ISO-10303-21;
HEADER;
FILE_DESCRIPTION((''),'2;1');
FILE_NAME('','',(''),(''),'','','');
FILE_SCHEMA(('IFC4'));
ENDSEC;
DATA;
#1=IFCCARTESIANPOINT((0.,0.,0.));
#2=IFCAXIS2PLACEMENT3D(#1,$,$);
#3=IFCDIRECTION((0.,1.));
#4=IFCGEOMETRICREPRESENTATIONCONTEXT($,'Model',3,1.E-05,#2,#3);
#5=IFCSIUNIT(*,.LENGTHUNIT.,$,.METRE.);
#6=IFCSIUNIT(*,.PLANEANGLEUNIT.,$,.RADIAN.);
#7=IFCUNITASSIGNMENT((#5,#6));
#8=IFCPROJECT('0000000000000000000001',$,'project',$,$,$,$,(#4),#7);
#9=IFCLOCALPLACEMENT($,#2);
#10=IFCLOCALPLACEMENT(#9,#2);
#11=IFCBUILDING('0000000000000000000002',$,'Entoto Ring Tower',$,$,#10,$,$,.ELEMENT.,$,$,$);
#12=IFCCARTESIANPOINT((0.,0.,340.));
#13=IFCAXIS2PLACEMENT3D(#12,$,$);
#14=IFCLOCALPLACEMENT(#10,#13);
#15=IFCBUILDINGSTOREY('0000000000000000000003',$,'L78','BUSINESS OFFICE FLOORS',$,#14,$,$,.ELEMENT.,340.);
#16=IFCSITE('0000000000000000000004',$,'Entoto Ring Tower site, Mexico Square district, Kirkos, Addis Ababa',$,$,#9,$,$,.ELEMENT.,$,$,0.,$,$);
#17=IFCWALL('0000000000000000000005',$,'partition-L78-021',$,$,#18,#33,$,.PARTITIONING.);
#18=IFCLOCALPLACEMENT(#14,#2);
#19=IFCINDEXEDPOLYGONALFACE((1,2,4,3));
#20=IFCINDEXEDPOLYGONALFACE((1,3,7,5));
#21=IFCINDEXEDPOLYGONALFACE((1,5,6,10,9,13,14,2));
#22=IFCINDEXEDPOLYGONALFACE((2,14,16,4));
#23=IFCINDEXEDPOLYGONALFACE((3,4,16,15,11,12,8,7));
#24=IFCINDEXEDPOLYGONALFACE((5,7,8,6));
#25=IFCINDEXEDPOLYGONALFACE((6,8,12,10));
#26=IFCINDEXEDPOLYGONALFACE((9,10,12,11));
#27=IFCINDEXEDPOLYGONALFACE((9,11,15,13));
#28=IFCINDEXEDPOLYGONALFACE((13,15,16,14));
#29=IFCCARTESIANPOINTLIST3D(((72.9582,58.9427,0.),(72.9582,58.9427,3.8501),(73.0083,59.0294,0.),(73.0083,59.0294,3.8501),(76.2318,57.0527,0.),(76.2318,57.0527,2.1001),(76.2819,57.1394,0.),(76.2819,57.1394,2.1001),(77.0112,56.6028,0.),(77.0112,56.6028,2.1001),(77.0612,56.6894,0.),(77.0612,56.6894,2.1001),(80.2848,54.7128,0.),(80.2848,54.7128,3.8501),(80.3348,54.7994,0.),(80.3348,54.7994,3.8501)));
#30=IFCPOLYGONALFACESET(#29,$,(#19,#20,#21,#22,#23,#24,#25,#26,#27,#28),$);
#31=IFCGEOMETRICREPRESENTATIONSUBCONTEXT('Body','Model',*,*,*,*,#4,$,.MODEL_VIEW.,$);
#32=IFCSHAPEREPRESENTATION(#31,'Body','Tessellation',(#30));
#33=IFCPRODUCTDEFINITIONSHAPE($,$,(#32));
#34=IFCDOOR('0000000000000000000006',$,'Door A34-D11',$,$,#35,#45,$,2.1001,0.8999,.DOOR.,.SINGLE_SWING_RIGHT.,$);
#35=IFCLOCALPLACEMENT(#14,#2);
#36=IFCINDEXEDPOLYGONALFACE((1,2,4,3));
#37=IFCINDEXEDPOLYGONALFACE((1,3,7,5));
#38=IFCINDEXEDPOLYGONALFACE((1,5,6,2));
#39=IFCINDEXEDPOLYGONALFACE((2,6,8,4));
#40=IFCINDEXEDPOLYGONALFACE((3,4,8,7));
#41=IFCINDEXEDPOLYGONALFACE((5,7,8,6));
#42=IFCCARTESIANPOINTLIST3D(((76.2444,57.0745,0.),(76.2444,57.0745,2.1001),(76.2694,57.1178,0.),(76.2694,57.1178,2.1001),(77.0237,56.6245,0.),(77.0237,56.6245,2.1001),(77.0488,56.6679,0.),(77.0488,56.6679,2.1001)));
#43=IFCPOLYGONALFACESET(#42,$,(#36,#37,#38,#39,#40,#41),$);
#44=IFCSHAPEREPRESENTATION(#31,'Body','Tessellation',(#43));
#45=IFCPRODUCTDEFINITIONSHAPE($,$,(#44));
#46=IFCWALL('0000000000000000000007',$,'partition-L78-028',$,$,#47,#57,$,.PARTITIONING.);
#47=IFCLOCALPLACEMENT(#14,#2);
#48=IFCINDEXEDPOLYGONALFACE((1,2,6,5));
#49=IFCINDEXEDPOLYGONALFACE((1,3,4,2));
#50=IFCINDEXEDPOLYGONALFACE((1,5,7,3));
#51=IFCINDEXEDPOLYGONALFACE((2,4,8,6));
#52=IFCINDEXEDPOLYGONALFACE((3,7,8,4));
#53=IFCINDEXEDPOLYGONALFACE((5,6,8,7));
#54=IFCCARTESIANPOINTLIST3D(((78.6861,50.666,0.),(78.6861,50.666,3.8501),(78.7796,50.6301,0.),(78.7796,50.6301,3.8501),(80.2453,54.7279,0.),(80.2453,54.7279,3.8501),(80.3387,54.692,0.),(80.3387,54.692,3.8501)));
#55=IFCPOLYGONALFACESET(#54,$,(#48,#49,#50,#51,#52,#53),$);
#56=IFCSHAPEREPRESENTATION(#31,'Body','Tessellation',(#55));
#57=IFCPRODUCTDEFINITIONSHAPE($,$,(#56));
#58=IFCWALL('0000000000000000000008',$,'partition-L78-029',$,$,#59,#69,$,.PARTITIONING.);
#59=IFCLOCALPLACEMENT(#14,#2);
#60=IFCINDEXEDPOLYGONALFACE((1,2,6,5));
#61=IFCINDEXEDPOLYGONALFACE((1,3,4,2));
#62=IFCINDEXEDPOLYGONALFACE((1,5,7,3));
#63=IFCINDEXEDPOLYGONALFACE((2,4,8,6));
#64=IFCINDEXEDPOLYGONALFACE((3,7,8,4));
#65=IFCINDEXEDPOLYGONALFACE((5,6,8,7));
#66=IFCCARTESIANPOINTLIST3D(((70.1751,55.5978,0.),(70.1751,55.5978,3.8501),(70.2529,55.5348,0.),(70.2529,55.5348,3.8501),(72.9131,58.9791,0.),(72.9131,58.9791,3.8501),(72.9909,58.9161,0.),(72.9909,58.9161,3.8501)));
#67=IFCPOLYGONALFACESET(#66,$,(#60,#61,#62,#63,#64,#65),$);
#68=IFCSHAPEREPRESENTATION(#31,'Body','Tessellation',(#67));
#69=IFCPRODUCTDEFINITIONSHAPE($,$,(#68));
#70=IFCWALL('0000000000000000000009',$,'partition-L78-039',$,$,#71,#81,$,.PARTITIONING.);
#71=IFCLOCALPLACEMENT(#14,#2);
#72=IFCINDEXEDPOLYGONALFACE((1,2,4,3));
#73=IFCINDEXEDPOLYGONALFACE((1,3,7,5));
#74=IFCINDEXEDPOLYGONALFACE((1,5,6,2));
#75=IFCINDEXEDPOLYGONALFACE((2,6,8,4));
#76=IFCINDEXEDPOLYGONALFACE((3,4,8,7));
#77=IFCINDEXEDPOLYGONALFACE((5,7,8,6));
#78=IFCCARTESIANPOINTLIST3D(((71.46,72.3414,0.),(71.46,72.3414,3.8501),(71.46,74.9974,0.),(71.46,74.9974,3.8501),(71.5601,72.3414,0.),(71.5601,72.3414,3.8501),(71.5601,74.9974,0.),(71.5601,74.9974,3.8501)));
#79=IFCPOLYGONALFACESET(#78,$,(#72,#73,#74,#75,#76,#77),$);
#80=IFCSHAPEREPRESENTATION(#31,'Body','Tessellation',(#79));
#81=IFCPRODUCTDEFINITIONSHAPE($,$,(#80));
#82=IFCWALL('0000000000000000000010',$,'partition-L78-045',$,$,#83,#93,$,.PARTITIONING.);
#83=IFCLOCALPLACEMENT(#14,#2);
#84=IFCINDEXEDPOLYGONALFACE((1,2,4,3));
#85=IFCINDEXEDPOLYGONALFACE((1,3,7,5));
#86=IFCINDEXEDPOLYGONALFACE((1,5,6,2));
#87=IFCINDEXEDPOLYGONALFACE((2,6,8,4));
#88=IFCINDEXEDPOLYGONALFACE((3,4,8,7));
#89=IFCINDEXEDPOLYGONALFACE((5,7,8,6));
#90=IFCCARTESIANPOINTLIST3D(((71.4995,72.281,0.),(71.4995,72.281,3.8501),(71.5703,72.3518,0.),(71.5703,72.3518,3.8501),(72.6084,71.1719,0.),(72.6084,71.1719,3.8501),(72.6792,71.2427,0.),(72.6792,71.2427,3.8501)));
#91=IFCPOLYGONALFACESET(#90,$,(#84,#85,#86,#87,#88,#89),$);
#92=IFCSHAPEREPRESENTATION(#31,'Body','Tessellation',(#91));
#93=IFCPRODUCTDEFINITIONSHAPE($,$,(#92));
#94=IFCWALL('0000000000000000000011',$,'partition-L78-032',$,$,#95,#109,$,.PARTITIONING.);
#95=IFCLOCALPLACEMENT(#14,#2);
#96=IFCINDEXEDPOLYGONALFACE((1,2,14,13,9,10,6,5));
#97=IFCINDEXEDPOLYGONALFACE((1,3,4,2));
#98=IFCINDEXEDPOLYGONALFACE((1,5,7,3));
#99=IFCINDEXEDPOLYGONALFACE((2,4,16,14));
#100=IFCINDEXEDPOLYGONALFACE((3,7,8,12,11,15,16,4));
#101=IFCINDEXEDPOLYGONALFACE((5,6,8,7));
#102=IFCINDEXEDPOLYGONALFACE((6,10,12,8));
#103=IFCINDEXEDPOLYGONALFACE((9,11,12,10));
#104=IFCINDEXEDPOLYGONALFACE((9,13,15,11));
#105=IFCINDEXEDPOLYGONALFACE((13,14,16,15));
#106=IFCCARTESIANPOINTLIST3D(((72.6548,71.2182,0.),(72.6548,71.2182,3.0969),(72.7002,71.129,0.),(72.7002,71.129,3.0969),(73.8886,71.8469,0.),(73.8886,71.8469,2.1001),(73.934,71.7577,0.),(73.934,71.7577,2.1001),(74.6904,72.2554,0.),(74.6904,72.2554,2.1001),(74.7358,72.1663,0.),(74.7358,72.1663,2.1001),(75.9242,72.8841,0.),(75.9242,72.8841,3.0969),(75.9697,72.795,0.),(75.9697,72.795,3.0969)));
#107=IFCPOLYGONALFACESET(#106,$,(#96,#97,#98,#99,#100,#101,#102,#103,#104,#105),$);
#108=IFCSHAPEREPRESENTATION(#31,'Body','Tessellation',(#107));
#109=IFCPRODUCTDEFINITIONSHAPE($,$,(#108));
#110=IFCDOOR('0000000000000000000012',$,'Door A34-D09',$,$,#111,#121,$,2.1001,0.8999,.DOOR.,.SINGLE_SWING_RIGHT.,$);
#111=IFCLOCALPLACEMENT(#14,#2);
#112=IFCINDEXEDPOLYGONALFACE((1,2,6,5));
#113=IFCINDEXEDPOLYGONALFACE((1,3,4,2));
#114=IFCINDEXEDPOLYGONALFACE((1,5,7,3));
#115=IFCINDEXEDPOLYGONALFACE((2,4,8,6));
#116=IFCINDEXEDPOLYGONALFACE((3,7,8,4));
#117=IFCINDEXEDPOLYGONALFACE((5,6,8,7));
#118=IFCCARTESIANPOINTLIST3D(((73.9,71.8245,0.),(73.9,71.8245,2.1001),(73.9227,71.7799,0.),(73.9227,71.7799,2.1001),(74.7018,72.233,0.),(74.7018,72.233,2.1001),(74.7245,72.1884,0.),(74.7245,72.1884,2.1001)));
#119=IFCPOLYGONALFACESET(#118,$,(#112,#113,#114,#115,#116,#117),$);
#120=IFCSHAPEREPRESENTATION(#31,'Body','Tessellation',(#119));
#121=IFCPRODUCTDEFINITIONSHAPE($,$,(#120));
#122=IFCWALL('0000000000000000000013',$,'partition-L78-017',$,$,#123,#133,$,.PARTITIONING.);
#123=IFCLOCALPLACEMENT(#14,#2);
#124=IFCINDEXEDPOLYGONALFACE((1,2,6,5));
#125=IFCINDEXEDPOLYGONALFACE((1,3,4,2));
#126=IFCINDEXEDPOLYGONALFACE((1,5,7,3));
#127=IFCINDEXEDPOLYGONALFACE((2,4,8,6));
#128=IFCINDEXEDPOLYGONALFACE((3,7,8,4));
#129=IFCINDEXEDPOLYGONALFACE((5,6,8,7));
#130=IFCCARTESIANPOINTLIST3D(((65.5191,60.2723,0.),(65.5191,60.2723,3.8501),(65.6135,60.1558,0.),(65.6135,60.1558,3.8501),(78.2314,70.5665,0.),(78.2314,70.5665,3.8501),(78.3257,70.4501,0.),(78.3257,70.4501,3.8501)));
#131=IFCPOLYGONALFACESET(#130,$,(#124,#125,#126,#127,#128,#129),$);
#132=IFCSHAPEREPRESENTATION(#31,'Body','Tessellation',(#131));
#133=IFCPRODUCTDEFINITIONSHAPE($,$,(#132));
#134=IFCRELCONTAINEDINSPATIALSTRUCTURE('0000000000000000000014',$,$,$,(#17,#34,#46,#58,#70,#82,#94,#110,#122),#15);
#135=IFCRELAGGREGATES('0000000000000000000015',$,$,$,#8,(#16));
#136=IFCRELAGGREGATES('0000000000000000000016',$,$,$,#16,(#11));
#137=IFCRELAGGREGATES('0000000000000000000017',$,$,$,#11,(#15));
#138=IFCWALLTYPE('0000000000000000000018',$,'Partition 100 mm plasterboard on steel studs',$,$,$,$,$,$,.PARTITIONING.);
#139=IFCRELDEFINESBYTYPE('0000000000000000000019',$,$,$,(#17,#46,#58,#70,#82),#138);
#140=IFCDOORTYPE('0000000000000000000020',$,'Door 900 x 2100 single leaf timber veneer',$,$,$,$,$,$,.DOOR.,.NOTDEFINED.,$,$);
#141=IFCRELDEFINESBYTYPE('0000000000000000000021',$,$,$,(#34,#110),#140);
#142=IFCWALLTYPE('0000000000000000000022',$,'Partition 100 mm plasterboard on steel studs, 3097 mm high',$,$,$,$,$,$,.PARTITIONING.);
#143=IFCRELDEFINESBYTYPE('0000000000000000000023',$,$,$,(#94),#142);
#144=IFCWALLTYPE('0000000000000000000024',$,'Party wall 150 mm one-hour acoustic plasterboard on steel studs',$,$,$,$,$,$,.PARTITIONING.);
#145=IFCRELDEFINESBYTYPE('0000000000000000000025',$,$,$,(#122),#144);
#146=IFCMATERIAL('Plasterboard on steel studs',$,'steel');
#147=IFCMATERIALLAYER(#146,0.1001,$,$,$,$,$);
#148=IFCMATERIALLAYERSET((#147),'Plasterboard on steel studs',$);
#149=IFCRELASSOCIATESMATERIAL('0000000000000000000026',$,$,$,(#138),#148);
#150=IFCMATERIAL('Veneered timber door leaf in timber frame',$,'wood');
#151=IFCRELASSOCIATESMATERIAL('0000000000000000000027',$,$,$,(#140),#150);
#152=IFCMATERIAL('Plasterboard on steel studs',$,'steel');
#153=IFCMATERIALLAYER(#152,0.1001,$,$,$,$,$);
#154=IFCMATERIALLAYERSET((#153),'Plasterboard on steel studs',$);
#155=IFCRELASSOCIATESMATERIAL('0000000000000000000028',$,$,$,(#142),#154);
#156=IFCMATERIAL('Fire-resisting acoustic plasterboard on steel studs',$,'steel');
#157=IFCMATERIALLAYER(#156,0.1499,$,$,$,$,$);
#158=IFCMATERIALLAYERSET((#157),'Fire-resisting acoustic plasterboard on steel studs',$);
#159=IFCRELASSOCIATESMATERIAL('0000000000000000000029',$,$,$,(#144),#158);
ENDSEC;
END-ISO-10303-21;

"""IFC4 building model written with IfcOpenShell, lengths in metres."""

from ifc_helpers import new_model, si_unit, direction, frame, frame_2d, origin, place, context, subcontext, project, spatial, rectangle, extrude, material, layer, layer_set, type_object, element, fill, save


model = new_model("IFC4")

# Units and contexts
model_context = context("Model", 3, precision=1e-05, world=origin(), true_north=direction((0.0, 1.0)))
body_context = subcontext(model_context, "Body", "Model", "MODEL_VIEW")
ifc_project = project(units=[si_unit("LENGTHUNIT", "METRE"), si_unit("PLANEANGLEUNIT", "RADIAN")], contexts=[model_context])

# Site, building, storey
site_placement = place(None, origin())
site = spatial("IfcSite", under=ifc_project, at=site_placement, Name="Entoto Ring Tower site, Mexico Square district, Kirkos, Addis Ababa", CompositionType="ELEMENT", RefElevation=0.0)
building_placement = place(site_placement, origin())
building = spatial("IfcBuilding", under=site, at=building_placement, Name="Entoto Ring Tower", CompositionType="ELEMENT")
storey_placement = place(building_placement, frame((0.0, 0.0, 340.0)))
storey = spatial("IfcBuildingStorey", under=building, at=storey_placement, Name="L78", Description="BUSINESS OFFICE FLOORS", CompositionType="ELEMENT", Elevation=340.0)

# Wall, opening, door
ifc_material_1 = material(Name="Plasterboard on steel studs", Category="steel")
ifc_layer_1 = layer(ifc_material_1, 0.1001)
ifc_layer_set_1 = layer_set([ifc_layer_1], Name="Plasterboard on steel studs")
wall_type_1 = type_object("IfcWallType", Name="Partition 100 mm plasterboard on steel studs", PredefinedType="PARTITIONING", material=ifc_layer_set_1)
wall_1_placement = place(storey_placement, frame((80.3098, 54.7561, 0.0), z_axis=(0.0, 0.0, 1.0), x_axis=(-0.866029, 0.499994, 0.0)))
wall_1 = element("IfcWall", 1, at=wall_1_placement, inside=storey, type_object=wall_type_1, Name="partition-L78-021", PredefinedType="PARTITIONING", context=body_context, shape_type="SweptSolid", body=[
    extrude(rectangle(XDim=8.46, YDim=0.1001, at=frame_2d((4.23, 0.0))), origin(), (0.0, 0.0, 1.0), 3.8501),
])
opening_1_placement = place(wall_1_placement, frame((3.78, 0.0, 0.0)))
opening_1 = element("IfcOpeningElement", 2, at=opening_1_placement, cuts=wall_1, PredefinedType="OPENING", context=body_context, shape_type="SweptSolid", body=[
    extrude(rectangle(XDim=0.8999, YDim=2.1001, at=frame_2d((0.45, 1.05))), frame((0.0, 0.0601, 0.0), z_axis=(0.0, -1.0, 0.0), x_axis=(1.0, 0.0, 0.0)), (0.0, 0.0, 1.0), 0.1201),
])
ifc_material_2 = material(Name="Veneered timber door leaf in timber frame", Category="wood")
door_type_1 = type_object("IfcDoorType", Name="Door 900 x 2100 single leaf timber veneer", OperationType="NOTDEFINED", PredefinedType="DOOR", material=ifc_material_2)
door_1_placement = place(opening_1_placement, origin())
door_1 = element("IfcDoor", 3, at=door_1_placement, inside=storey, type_object=door_type_1, Name="Door A34-D11", OperationType="SINGLE_SWING_RIGHT", OverallHeight=2.1001, OverallWidth=0.8999, PredefinedType="DOOR", context=body_context, shape_type="SweptSolid", body=[
    extrude(rectangle(XDim=0.8999, YDim=2.1001, at=frame_2d((0.45, 1.05))), frame((0.0, 0.0249, 0.0), z_axis=(0.0, -1.0, 0.0), x_axis=(1.0, 0.0, 0.0)), (0.0, 0.0, 1.0), 0.05),
])
fill(opening_1, door_1)

# Walls
for number, where, z_axis, x_axis, name in (
    (4, (78.7329, 50.6482, 0.0), (0.0, 0.0, 1.0), (0.358351, 0.933587, 0.0), "partition-L78-028"),
    (5, (70.2141, 55.5664, 0.0), (0.0, 0.0, 1.0), (0.629303, 0.77716, 0.0), "partition-L78-029"),
):
    element("IfcWall", number, at=place(storey_placement, frame(where, z_axis=z_axis, x_axis=x_axis)), inside=storey, type_object=wall_type_1, Name=name, PredefinedType="PARTITIONING", context=body_context, shape_type="SweptSolid", body=[
        extrude(rectangle(XDim=4.3508, YDim=0.1001, at=frame_2d((2.1753, 0.0))), origin(), (0.0, 0.0, 1.0), 3.8501),
    ])
wall_2_placement = place(storey_placement, frame((71.51, 72.3413, 0.0), z_axis=(0.0, 0.0, 1.0), x_axis=(0.0, 1.0, 0.0)))
element("IfcWall", 6, at=wall_2_placement, inside=storey, type_object=wall_type_1, Name="partition-L78-039", PredefinedType="PARTITIONING", context=body_context, shape_type="SweptSolid", body=[
    extrude(rectangle(XDim=2.656, YDim=0.1001, at=frame_2d((1.3281, 0.0))), origin(), (0.0, 0.0, 1.0), 3.8501),
])
wall_3_placement = place(storey_placement, frame((72.6438, 71.2073, 0.0), z_axis=(0.0, 0.0, 1.0), x_axis=(-0.707029, 0.707185, 0.0)))
element("IfcWall", 7, at=wall_3_placement, inside=storey, type_object=wall_type_1, Name="partition-L78-045", PredefinedType="PARTITIONING", context=body_context, shape_type="SweptSolid", body=[
    extrude(rectangle(XDim=1.5684, YDim=0.1001, at=frame_2d((0.7842, 0.0))), origin(), (0.0, 0.0, 1.0), 3.8501),
])

# Wall, opening, door
ifc_material_3 = material(Name="Plasterboard on steel studs", Category="steel")
ifc_layer_2 = layer(ifc_material_3, 0.1001)
ifc_layer_set_2 = layer_set([ifc_layer_2], Name="Plasterboard on steel studs")
wall_type_2 = type_object("IfcWallType", Name="Partition 100 mm plasterboard on steel studs, 3097 mm high", PredefinedType="PARTITIONING", material=ifc_layer_set_2)
wall_4_placement = place(storey_placement, frame((72.6775, 71.1736, 0.0), z_axis=(0.0, 0.0, 1.0), x_axis=(0.890995, 0.454013, 0.0)))
wall_4 = element("IfcWall", 8, at=wall_4_placement, inside=storey, type_object=wall_type_2, Name="partition-L78-032", PredefinedType="PARTITIONING", context=body_context, shape_type="SweptSolid", body=[
    extrude(rectangle(XDim=3.6694, YDim=0.1001, at=frame_2d((1.8347, 0.0))), origin(), (0.0, 0.0, 1.0), 3.0969),
])
opening_2_placement = place(wall_4_placement, frame((1.3848, 0.0, 0.0)))
opening_2 = element("IfcOpeningElement", 9, at=opening_2_placement, cuts=wall_4, PredefinedType="OPENING", context=body_context, shape_type="SweptSolid", body=[
    extrude(rectangle(XDim=0.8999, YDim=2.1001, at=frame_2d((0.45, 1.05))), frame((0.0, 0.0601, 0.0), z_axis=(0.0, -1.0, 0.0), x_axis=(1.0, 0.0, 0.0)), (0.0, 0.0, 1.0), 0.1201),
])
door_2_placement = place(opening_2_placement, origin())
door_2 = element("IfcDoor", 10, at=door_2_placement, inside=storey, type_object=door_type_1, Name="Door A34-D09", OperationType="SINGLE_SWING_RIGHT", OverallHeight=2.1001, OverallWidth=0.8999, PredefinedType="DOOR", context=body_context, shape_type="SweptSolid", body=[
    extrude(rectangle(XDim=0.8999, YDim=2.1001, at=frame_2d((0.45, 1.05))), frame((0.0, 0.0249, 0.0), z_axis=(0.0, -1.0, 0.0), x_axis=(1.0, 0.0, 0.0)), (0.0, 0.0, 1.0), 0.05),
])
fill(opening_2, door_2)

# Wall
ifc_material_4 = material(Name="Fire-resisting acoustic plasterboard on steel studs", Category="steel")
ifc_layer_3 = layer(ifc_material_4, 0.1499)
ifc_layer_set_3 = layer_set([ifc_layer_3], Name="Fire-resisting acoustic plasterboard on steel studs")
wall_type_3 = type_object("IfcWallType", Name="Party wall 150 mm one-hour acoustic plasterboard on steel studs", PredefinedType="PARTITIONING", material=ifc_layer_set_3)
wall_5_placement = place(storey_placement, frame((65.5664, 60.2141, 0.0), z_axis=(0.0, 0.0, 1.0), x_axis=(0.777143, 0.629324, 0.0)))
element("IfcWall", 11, at=wall_5_placement, inside=storey, type_object=wall_type_3, Name="partition-L78-017", PredefinedType="PARTITIONING", context=body_context, shape_type="SweptSolid", body=[
    extrude(rectangle(XDim=16.3577, YDim=0.1499, at=frame_2d((8.1787, 0.0))), origin(), (0.0, 0.0, 1.0), 3.8501),
])

save(model, "model.ifc")
